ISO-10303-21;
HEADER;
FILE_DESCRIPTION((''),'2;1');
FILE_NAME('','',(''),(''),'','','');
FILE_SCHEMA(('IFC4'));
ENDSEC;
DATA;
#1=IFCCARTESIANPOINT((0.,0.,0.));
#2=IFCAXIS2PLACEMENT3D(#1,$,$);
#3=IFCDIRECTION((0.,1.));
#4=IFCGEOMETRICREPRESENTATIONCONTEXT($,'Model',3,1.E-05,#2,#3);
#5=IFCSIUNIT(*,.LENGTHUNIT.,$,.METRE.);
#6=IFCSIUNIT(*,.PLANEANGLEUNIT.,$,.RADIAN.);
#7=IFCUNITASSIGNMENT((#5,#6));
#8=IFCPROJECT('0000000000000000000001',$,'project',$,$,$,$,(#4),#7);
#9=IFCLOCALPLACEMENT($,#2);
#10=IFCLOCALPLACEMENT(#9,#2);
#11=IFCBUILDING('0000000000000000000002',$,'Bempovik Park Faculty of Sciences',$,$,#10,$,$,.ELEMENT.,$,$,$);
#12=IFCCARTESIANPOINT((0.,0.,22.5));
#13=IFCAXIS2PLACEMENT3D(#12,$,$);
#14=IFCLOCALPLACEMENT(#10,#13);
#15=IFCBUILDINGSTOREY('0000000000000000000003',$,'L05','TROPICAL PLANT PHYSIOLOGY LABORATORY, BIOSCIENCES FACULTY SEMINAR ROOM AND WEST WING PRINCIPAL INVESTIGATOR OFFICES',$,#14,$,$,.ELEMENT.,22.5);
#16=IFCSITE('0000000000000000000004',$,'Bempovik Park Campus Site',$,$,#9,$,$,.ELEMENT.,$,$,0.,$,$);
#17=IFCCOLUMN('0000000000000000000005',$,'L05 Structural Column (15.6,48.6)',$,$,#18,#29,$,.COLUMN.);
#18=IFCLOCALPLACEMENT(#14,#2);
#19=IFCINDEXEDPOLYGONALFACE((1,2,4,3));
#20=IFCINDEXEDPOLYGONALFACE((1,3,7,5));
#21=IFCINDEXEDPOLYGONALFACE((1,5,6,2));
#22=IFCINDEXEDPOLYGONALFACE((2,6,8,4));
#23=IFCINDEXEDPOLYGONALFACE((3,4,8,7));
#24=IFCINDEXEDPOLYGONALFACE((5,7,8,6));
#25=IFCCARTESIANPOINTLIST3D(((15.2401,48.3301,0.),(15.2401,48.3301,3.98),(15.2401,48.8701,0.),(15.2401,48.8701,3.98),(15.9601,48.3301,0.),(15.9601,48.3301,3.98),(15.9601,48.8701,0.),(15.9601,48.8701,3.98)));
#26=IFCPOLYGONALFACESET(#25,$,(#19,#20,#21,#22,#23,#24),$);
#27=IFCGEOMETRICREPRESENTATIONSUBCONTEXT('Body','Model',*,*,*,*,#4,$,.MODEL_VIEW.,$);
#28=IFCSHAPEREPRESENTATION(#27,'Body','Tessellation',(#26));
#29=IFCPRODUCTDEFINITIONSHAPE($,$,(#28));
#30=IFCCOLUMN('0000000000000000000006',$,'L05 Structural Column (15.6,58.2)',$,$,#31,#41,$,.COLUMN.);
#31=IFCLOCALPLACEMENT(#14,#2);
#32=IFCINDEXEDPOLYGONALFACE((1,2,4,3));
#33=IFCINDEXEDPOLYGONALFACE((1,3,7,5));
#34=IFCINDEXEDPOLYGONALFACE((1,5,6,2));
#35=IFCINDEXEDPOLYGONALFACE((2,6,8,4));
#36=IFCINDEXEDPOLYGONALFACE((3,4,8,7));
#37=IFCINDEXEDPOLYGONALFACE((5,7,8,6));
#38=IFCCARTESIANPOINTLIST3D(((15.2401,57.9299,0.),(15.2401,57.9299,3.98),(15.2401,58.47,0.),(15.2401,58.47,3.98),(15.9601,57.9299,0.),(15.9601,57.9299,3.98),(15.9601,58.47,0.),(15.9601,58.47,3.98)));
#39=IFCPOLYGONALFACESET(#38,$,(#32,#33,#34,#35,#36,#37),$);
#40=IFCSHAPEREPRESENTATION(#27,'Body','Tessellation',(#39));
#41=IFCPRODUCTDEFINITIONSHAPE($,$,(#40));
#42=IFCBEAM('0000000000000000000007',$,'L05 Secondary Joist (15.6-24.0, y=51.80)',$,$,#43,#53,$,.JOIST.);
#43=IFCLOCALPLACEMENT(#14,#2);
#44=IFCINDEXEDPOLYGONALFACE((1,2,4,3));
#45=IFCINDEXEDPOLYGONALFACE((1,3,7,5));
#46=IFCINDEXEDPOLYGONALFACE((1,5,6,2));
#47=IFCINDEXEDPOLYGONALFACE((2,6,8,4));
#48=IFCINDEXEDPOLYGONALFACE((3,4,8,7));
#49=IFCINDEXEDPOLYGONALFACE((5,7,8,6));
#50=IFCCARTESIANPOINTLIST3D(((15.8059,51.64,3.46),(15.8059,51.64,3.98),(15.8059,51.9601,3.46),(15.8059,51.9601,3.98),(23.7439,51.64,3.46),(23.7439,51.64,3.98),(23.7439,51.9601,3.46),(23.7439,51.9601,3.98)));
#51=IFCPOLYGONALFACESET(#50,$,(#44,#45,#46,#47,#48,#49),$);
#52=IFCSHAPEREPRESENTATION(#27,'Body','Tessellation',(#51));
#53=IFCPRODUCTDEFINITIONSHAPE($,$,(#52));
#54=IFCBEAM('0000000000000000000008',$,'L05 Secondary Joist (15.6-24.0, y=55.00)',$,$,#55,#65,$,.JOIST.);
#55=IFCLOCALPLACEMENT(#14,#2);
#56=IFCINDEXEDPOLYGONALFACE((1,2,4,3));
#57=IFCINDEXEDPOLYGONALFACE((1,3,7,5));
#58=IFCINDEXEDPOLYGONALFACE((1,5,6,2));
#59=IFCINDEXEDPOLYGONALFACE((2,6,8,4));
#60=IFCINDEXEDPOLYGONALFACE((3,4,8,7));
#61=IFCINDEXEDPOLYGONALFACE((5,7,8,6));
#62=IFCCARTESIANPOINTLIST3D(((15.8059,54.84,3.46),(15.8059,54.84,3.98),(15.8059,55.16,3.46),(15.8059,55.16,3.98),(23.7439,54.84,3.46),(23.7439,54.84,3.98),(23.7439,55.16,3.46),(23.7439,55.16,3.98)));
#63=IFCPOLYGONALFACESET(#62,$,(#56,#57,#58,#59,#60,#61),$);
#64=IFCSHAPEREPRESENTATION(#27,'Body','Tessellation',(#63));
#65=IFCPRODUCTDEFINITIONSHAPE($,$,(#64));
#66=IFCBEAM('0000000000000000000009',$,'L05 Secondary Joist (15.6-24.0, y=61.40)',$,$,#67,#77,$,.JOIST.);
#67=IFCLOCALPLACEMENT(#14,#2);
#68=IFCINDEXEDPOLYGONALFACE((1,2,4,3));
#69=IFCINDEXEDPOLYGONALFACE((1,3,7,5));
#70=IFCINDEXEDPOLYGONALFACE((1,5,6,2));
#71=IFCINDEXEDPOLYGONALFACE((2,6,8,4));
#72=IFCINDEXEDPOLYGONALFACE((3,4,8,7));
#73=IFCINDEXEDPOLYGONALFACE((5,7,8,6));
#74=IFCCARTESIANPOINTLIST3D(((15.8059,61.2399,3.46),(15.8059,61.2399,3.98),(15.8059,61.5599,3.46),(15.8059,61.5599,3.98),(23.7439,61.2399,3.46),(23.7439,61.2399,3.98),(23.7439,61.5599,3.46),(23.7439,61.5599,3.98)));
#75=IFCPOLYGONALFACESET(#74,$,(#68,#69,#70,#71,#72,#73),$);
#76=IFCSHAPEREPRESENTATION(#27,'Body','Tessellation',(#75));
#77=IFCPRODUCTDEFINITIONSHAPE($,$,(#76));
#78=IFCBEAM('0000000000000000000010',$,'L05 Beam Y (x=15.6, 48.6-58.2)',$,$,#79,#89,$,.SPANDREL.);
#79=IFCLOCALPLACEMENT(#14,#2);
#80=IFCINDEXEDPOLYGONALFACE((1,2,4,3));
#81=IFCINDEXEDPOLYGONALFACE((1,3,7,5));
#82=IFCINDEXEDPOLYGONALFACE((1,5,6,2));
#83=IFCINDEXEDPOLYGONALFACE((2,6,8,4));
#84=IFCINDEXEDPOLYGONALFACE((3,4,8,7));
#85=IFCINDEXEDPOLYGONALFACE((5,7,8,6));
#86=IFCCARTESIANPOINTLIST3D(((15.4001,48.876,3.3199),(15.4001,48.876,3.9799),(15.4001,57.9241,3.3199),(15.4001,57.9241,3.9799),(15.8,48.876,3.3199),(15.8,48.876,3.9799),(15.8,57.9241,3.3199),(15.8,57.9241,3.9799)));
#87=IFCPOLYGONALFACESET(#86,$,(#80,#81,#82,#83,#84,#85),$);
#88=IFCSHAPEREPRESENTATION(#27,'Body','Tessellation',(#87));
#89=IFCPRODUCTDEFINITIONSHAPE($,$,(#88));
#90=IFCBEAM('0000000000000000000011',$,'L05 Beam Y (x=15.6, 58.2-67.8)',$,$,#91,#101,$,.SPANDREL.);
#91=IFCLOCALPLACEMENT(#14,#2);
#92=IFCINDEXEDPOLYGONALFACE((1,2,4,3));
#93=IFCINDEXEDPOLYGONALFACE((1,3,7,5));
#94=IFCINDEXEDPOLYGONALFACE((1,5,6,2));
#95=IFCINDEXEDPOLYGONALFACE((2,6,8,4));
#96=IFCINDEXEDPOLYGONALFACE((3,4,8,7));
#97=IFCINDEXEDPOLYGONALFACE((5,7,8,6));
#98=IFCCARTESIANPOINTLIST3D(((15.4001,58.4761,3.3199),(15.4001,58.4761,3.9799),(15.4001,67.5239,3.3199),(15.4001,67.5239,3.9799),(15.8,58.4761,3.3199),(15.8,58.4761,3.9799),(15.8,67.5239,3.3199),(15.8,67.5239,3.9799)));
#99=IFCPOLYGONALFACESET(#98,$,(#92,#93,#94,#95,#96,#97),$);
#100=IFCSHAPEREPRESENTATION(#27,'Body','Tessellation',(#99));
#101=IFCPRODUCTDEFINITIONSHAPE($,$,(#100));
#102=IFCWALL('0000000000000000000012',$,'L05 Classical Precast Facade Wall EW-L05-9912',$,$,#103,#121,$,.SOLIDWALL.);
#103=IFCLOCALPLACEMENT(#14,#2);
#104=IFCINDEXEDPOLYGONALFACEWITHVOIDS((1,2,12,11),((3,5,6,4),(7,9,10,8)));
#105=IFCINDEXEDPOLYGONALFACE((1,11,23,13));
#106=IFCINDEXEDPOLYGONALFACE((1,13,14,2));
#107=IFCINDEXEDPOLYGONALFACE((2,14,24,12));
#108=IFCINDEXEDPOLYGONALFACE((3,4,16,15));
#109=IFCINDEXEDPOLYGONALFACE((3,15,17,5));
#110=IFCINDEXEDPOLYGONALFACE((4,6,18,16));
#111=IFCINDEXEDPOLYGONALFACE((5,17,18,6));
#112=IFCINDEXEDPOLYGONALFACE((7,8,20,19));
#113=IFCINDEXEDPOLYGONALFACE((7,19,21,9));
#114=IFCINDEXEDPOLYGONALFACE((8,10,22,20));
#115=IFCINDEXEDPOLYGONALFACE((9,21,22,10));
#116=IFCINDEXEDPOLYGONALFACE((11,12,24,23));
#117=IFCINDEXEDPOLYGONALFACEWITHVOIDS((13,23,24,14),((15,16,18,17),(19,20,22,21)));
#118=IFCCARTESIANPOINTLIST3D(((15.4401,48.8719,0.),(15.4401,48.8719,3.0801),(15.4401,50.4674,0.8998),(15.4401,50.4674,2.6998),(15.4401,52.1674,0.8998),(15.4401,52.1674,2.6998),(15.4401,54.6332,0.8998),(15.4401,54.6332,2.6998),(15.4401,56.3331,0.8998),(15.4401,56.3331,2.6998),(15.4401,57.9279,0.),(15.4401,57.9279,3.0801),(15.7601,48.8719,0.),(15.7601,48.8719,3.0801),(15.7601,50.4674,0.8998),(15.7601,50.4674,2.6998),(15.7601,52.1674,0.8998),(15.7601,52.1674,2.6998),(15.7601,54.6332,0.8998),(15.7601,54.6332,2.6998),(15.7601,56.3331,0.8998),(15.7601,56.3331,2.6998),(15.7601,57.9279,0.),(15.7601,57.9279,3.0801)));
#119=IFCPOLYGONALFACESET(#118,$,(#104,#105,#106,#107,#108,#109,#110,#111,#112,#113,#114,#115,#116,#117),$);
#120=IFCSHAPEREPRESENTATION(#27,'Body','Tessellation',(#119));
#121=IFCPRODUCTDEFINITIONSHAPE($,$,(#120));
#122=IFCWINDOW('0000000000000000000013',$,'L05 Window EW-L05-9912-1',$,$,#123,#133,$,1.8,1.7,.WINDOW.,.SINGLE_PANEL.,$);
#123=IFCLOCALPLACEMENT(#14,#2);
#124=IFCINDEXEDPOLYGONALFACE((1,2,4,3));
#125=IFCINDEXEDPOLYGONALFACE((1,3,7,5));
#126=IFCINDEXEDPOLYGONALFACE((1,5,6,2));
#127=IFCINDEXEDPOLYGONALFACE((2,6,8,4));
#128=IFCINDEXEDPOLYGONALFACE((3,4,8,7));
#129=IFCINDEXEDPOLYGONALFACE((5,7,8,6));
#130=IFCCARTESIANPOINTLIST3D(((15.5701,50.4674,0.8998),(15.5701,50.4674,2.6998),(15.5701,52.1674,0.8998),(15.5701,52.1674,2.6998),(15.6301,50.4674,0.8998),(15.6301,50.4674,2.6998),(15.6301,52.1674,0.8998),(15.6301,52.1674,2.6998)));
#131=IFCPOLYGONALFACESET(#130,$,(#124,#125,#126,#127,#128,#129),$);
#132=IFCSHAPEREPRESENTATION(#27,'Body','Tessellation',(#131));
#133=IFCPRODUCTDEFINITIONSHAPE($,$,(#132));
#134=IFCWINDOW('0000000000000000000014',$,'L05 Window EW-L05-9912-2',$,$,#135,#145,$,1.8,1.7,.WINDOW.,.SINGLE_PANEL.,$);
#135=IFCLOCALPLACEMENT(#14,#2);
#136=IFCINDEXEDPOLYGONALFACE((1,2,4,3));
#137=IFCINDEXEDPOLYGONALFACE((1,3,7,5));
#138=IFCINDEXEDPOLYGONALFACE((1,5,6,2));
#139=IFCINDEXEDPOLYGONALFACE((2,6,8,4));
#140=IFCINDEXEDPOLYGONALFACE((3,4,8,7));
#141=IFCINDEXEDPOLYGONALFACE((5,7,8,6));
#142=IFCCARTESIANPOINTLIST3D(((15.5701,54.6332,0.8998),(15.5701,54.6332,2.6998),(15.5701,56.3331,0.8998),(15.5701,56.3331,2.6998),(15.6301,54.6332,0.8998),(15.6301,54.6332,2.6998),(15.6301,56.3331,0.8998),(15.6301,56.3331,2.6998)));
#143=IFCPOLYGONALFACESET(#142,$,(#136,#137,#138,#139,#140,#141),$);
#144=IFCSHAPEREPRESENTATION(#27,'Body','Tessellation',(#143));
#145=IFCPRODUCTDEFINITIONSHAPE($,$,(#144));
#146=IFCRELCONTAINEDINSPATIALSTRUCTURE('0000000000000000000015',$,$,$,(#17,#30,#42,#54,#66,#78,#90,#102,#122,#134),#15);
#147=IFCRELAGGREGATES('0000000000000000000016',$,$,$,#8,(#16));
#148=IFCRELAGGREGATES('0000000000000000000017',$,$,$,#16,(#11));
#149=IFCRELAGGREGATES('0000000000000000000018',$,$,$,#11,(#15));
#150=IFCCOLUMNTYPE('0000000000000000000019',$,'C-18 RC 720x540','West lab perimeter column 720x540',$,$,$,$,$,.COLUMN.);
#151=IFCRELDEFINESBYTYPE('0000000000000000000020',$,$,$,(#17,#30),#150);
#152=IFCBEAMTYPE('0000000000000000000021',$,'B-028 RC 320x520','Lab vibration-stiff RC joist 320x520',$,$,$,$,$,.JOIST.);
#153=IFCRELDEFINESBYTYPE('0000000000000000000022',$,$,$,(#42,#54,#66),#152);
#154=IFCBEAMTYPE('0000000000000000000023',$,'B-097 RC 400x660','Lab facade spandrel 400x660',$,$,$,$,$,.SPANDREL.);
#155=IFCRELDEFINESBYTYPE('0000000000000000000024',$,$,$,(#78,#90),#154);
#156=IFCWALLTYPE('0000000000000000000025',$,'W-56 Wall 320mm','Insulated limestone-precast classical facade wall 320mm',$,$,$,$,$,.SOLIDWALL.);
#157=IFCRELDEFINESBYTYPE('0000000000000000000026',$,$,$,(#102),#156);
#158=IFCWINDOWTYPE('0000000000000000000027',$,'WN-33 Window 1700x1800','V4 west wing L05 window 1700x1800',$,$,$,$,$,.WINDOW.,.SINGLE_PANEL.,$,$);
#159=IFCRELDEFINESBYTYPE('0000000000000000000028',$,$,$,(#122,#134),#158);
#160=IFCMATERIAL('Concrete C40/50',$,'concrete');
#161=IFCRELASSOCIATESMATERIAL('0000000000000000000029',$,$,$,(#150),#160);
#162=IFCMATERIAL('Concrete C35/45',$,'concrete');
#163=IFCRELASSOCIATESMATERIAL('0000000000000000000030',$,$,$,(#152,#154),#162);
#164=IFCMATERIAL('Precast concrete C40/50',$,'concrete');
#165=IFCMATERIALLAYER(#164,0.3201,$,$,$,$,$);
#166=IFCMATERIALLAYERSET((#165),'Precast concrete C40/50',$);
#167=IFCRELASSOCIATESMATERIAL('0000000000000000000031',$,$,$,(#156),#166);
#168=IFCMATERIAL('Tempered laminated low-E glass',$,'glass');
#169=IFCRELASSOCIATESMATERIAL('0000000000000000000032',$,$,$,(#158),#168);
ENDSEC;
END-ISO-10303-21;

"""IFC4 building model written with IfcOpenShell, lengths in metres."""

from ifc_helpers import new_model, si_unit, direction, frame, frame_2d, origin, origin_2d, place, context, subcontext, project, spatial, rectangle, extrude, material, layer, layer_set, material_profile, profile_set, type_object, element, fill, save


model = new_model("IFC4")

# Units and contexts
model_context = context("Model", 3, precision=1e-05, world=origin(), true_north=direction((0.0, 1.0)))
body_context = subcontext(model_context, "Body", "Model", "MODEL_VIEW")
ifc_project = project(units=[si_unit("LENGTHUNIT", "METRE"), si_unit("PLANEANGLEUNIT", "RADIAN")], contexts=[model_context])

# Site, building, storey
site_placement = place(None, origin())
site = spatial("IfcSite", under=ifc_project, at=site_placement, Name="Bempovik Park Campus Site", CompositionType="ELEMENT", RefElevation=0.0)
building_placement = place(site_placement, origin())
building = spatial("IfcBuilding", under=site, at=building_placement, Name="Bempovik Park Faculty of Sciences", CompositionType="ELEMENT")
storey_placement = place(building_placement, frame((0.0, 0.0, 22.5)))
storey = spatial("IfcBuildingStorey", under=building, at=storey_placement, Name="L05", Description="TROPICAL PLANT PHYSIOLOGY LABORATORY, BIOSCIENCES FACULTY SEMINAR ROOM AND WEST WING PRINCIPAL INVESTIGATOR OFFICES", CompositionType="ELEMENT", Elevation=22.5)

# Columns
ifc_material_1 = material(Name="Concrete C40/50", Category="concrete")
ifc_material_profile_1 = material_profile(ifc_material_1, rectangle(XDim=0.72, YDim=0.54, at=origin_2d()), Name="RC 720x540")
ifc_profile_set_1 = profile_set([ifc_material_profile_1], Name="Concrete C40/50")
column_type = type_object("IfcColumnType", Name="C-18 RC 720x540", Description="West lab perimeter column 720x540", PredefinedType="COLUMN", material=ifc_profile_set_1)
for number, where, z_axis, x_axis, name in (
    (1, (15.6001, 48.6001, 0.0), (0.0, 0.0, 1.0), (1.0, 0.0, 0.0), "L05 Structural Column (15.6,48.6)"),
    (2, (15.6001, 58.2, 0.0), (0.0, 0.0, 1.0), (1.0, 0.0, 0.0), "L05 Structural Column (15.6,58.2)"),
):
    element("IfcColumn", number, at=place(storey_placement, frame(where, z_axis=z_axis, x_axis=x_axis)), inside=storey, type_object=column_type, Name=name, PredefinedType="COLUMN", context=body_context, shape_type="SweptSolid", body=[
        extrude(rectangle(XDim=0.72, YDim=0.54, at=origin_2d()), origin(), (0.0, 0.0, 1.0), 3.98),
    ])

# Beams
ifc_material_2 = material(Name="Concrete C35/45", Category="concrete")
ifc_material_profile_2 = material_profile(ifc_material_2, rectangle(XDim=0.3201, YDim=0.52, at=origin_2d()), Name="RC 320x520")
ifc_profile_set_2 = profile_set([ifc_material_profile_2], Name="Concrete C35/45")
beam_type_1 = type_object("IfcBeamType", Name="B-028 RC 320x520", Description="Lab vibration-stiff RC joist 320x520", PredefinedType="JOIST", material=ifc_profile_set_2)
for number, where, z_axis, x_axis, name in (
    (3, (15.8059, 51.8, 3.72), (1.0, 0.0, 0.0), (0.0, 1.0, 0.0), "L05 Secondary Joist (15.6-24.0, y=51.80)"),
    (4, (15.8059, 55.0, 3.72), (1.0, 0.0, 0.0), (0.0, 1.0, 0.0), "L05 Secondary Joist (15.6-24.0, y=55.00)"),
    (5, (15.8059, 61.3999, 3.72), (1.0, 0.0, 0.0), (0.0, 1.0, 0.0), "L05 Secondary Joist (15.6-24.0, y=61.40)"),
):
    element("IfcBeam", number, at=place(storey_placement, frame(where, z_axis=z_axis, x_axis=x_axis)), inside=storey, type_object=beam_type_1, Name=name, PredefinedType="JOIST", context=body_context, shape_type="SweptSolid", body=[
        extrude(rectangle(XDim=0.3201, YDim=0.52, at=origin_2d()), origin(), (0.0, 0.0, 1.0), 7.938),
    ])
ifc_material_profile_3 = material_profile(ifc_material_2, rectangle(XDim=0.3999, YDim=0.6599, at=origin_2d()), Name="RC 400x660")
ifc_profile_set_3 = profile_set([ifc_material_profile_3], Name="Concrete C35/45")
beam_type_2 = type_object("IfcBeamType", Name="B-097 RC 400x660", Description="Lab facade spandrel 400x660", PredefinedType="SPANDREL", material=ifc_profile_set_3)
beam_1_placement = place(storey_placement, frame((15.6001, 48.876, 3.6499), z_axis=(0.0, 1.0, 0.0), x_axis=(-1.0, 0.0, 0.0)))
element("IfcBeam", 6, at=beam_1_placement, inside=storey, type_object=beam_type_2, Name="L05 Beam Y (x=15.6, 48.6-58.2)", PredefinedType="SPANDREL", context=body_context, shape_type="SweptSolid", body=[
    extrude(rectangle(XDim=0.3999, YDim=0.6599, at=origin_2d()), origin(), (0.0, 0.0, 1.0), 9.0481),
])
beam_2_placement = place(storey_placement, frame((15.6001, 58.4761, 3.6499), z_axis=(0.0, 1.0, 0.0), x_axis=(-1.0, 0.0, 0.0)))
element("IfcBeam", 7, at=beam_2_placement, inside=storey, type_object=beam_type_2, Name="L05 Beam Y (x=15.6, 58.2-67.8)", PredefinedType="SPANDREL", context=body_context, shape_type="SweptSolid", body=[
    extrude(rectangle(XDim=0.3999, YDim=0.6599, at=origin_2d()), origin(), (0.0, 0.0, 1.0), 9.0479),
])

# Wall, openings, windows
ifc_material_3 = material(Name="Precast concrete C40/50", Category="concrete")
ifc_layer_1 = layer(ifc_material_3, 0.3201)
ifc_layer_set_1 = layer_set([ifc_layer_1], Name="Precast concrete C40/50")
wall_type = type_object("IfcWallType", Name="W-56 Wall 320mm", Description="Insulated limestone-precast classical facade wall 320mm", PredefinedType="SOLIDWALL", material=ifc_layer_set_1)
wall_1_placement = place(storey_placement, frame((15.6001, 48.8721, 0.0), z_axis=(0.0, 0.0, 1.0), x_axis=(0.0, 1.0, 0.0)))
wall_1 = element("IfcWall", 8, at=wall_1_placement, inside=storey, type_object=wall_type, Name="L05 Classical Precast Facade Wall EW-L05-9912", PredefinedType="SOLIDWALL", context=body_context, shape_type="SweptSolid", body=[
    extrude(rectangle(XDim=9.0559, YDim=0.3201, at=frame_2d((4.5278, 0.0))), origin(), (0.0, 0.0, 1.0), 3.0801),
])
opening_1_placement = place(wall_1_placement, frame((1.5952, 0.0, 0.8999)))
opening_1 = element("IfcOpeningElement", 9, at=opening_1_placement, cuts=wall_1, PredefinedType="OPENING", context=body_context, shape_type="SweptSolid", body=[
    extrude(rectangle(XDim=1.7, YDim=1.8, at=frame_2d((0.8501, 0.8999))), frame((0.0, 0.1699, 0.0), z_axis=(0.0, -1.0, 0.0), x_axis=(1.0, 0.0, 0.0)), (0.0, 0.0, 1.0), 0.3401),
])
opening_2_placement = place(wall_1_placement, frame((5.761, 0.0, 0.8999)))
opening_2 = element("IfcOpeningElement", 10, at=opening_2_placement, cuts=wall_1, PredefinedType="OPENING", context=body_context, shape_type="SweptSolid", body=[
    extrude(rectangle(XDim=1.7, YDim=1.8, at=frame_2d((0.8501, 0.8999))), frame((0.0, 0.1699, 0.0), z_axis=(0.0, -1.0, 0.0), x_axis=(1.0, 0.0, 0.0)), (0.0, 0.0, 1.0), 0.3401),
])
ifc_material_4 = material(Name="Tempered laminated low-E glass", Category="glass")
window_type = type_object("IfcWindowType", Name="WN-33 Window 1700x1800", Description="V4 west wing L05 window 1700x1800", PartitioningType="SINGLE_PANEL", PredefinedType="WINDOW", material=ifc_material_4)
window_1_placement = place(opening_1_placement, origin())
window_1 = element("IfcWindow", 11, at=window_1_placement, inside=storey, type_object=window_type, Name="L05 Window EW-L05-9912-1", OverallHeight=1.8, OverallWidth=1.7, PartitioningType="SINGLE_PANEL", PredefinedType="WINDOW", context=body_context, shape_type="SweptSolid", body=[
    extrude(rectangle(XDim=1.7, YDim=1.8, at=frame_2d((0.8501, 0.8999))), frame((0.0, 0.03, 0.0), z_axis=(0.0, -1.0, 0.0), x_axis=(1.0, 0.0, 0.0)), (0.0, 0.0, 1.0), 0.0601),
])
fill(opening_1, window_1)
window_2_placement = place(opening_2_placement, origin())
window_2 = element("IfcWindow", 12, at=window_2_placement, inside=storey, type_object=window_type, Name="L05 Window EW-L05-9912-2", OverallHeight=1.8, OverallWidth=1.7, PartitioningType="SINGLE_PANEL", PredefinedType="WINDOW", context=body_context, shape_type="SweptSolid", body=[
    extrude(rectangle(XDim=1.7, YDim=1.8, at=frame_2d((0.8501, 0.8999))), frame((0.0, 0.03, 0.0), z_axis=(0.0, -1.0, 0.0), x_axis=(1.0, 0.0, 0.0)), (0.0, 0.0, 1.0), 0.0601),
])
fill(opening_2, window_2)

save(model, "model.ifc")
